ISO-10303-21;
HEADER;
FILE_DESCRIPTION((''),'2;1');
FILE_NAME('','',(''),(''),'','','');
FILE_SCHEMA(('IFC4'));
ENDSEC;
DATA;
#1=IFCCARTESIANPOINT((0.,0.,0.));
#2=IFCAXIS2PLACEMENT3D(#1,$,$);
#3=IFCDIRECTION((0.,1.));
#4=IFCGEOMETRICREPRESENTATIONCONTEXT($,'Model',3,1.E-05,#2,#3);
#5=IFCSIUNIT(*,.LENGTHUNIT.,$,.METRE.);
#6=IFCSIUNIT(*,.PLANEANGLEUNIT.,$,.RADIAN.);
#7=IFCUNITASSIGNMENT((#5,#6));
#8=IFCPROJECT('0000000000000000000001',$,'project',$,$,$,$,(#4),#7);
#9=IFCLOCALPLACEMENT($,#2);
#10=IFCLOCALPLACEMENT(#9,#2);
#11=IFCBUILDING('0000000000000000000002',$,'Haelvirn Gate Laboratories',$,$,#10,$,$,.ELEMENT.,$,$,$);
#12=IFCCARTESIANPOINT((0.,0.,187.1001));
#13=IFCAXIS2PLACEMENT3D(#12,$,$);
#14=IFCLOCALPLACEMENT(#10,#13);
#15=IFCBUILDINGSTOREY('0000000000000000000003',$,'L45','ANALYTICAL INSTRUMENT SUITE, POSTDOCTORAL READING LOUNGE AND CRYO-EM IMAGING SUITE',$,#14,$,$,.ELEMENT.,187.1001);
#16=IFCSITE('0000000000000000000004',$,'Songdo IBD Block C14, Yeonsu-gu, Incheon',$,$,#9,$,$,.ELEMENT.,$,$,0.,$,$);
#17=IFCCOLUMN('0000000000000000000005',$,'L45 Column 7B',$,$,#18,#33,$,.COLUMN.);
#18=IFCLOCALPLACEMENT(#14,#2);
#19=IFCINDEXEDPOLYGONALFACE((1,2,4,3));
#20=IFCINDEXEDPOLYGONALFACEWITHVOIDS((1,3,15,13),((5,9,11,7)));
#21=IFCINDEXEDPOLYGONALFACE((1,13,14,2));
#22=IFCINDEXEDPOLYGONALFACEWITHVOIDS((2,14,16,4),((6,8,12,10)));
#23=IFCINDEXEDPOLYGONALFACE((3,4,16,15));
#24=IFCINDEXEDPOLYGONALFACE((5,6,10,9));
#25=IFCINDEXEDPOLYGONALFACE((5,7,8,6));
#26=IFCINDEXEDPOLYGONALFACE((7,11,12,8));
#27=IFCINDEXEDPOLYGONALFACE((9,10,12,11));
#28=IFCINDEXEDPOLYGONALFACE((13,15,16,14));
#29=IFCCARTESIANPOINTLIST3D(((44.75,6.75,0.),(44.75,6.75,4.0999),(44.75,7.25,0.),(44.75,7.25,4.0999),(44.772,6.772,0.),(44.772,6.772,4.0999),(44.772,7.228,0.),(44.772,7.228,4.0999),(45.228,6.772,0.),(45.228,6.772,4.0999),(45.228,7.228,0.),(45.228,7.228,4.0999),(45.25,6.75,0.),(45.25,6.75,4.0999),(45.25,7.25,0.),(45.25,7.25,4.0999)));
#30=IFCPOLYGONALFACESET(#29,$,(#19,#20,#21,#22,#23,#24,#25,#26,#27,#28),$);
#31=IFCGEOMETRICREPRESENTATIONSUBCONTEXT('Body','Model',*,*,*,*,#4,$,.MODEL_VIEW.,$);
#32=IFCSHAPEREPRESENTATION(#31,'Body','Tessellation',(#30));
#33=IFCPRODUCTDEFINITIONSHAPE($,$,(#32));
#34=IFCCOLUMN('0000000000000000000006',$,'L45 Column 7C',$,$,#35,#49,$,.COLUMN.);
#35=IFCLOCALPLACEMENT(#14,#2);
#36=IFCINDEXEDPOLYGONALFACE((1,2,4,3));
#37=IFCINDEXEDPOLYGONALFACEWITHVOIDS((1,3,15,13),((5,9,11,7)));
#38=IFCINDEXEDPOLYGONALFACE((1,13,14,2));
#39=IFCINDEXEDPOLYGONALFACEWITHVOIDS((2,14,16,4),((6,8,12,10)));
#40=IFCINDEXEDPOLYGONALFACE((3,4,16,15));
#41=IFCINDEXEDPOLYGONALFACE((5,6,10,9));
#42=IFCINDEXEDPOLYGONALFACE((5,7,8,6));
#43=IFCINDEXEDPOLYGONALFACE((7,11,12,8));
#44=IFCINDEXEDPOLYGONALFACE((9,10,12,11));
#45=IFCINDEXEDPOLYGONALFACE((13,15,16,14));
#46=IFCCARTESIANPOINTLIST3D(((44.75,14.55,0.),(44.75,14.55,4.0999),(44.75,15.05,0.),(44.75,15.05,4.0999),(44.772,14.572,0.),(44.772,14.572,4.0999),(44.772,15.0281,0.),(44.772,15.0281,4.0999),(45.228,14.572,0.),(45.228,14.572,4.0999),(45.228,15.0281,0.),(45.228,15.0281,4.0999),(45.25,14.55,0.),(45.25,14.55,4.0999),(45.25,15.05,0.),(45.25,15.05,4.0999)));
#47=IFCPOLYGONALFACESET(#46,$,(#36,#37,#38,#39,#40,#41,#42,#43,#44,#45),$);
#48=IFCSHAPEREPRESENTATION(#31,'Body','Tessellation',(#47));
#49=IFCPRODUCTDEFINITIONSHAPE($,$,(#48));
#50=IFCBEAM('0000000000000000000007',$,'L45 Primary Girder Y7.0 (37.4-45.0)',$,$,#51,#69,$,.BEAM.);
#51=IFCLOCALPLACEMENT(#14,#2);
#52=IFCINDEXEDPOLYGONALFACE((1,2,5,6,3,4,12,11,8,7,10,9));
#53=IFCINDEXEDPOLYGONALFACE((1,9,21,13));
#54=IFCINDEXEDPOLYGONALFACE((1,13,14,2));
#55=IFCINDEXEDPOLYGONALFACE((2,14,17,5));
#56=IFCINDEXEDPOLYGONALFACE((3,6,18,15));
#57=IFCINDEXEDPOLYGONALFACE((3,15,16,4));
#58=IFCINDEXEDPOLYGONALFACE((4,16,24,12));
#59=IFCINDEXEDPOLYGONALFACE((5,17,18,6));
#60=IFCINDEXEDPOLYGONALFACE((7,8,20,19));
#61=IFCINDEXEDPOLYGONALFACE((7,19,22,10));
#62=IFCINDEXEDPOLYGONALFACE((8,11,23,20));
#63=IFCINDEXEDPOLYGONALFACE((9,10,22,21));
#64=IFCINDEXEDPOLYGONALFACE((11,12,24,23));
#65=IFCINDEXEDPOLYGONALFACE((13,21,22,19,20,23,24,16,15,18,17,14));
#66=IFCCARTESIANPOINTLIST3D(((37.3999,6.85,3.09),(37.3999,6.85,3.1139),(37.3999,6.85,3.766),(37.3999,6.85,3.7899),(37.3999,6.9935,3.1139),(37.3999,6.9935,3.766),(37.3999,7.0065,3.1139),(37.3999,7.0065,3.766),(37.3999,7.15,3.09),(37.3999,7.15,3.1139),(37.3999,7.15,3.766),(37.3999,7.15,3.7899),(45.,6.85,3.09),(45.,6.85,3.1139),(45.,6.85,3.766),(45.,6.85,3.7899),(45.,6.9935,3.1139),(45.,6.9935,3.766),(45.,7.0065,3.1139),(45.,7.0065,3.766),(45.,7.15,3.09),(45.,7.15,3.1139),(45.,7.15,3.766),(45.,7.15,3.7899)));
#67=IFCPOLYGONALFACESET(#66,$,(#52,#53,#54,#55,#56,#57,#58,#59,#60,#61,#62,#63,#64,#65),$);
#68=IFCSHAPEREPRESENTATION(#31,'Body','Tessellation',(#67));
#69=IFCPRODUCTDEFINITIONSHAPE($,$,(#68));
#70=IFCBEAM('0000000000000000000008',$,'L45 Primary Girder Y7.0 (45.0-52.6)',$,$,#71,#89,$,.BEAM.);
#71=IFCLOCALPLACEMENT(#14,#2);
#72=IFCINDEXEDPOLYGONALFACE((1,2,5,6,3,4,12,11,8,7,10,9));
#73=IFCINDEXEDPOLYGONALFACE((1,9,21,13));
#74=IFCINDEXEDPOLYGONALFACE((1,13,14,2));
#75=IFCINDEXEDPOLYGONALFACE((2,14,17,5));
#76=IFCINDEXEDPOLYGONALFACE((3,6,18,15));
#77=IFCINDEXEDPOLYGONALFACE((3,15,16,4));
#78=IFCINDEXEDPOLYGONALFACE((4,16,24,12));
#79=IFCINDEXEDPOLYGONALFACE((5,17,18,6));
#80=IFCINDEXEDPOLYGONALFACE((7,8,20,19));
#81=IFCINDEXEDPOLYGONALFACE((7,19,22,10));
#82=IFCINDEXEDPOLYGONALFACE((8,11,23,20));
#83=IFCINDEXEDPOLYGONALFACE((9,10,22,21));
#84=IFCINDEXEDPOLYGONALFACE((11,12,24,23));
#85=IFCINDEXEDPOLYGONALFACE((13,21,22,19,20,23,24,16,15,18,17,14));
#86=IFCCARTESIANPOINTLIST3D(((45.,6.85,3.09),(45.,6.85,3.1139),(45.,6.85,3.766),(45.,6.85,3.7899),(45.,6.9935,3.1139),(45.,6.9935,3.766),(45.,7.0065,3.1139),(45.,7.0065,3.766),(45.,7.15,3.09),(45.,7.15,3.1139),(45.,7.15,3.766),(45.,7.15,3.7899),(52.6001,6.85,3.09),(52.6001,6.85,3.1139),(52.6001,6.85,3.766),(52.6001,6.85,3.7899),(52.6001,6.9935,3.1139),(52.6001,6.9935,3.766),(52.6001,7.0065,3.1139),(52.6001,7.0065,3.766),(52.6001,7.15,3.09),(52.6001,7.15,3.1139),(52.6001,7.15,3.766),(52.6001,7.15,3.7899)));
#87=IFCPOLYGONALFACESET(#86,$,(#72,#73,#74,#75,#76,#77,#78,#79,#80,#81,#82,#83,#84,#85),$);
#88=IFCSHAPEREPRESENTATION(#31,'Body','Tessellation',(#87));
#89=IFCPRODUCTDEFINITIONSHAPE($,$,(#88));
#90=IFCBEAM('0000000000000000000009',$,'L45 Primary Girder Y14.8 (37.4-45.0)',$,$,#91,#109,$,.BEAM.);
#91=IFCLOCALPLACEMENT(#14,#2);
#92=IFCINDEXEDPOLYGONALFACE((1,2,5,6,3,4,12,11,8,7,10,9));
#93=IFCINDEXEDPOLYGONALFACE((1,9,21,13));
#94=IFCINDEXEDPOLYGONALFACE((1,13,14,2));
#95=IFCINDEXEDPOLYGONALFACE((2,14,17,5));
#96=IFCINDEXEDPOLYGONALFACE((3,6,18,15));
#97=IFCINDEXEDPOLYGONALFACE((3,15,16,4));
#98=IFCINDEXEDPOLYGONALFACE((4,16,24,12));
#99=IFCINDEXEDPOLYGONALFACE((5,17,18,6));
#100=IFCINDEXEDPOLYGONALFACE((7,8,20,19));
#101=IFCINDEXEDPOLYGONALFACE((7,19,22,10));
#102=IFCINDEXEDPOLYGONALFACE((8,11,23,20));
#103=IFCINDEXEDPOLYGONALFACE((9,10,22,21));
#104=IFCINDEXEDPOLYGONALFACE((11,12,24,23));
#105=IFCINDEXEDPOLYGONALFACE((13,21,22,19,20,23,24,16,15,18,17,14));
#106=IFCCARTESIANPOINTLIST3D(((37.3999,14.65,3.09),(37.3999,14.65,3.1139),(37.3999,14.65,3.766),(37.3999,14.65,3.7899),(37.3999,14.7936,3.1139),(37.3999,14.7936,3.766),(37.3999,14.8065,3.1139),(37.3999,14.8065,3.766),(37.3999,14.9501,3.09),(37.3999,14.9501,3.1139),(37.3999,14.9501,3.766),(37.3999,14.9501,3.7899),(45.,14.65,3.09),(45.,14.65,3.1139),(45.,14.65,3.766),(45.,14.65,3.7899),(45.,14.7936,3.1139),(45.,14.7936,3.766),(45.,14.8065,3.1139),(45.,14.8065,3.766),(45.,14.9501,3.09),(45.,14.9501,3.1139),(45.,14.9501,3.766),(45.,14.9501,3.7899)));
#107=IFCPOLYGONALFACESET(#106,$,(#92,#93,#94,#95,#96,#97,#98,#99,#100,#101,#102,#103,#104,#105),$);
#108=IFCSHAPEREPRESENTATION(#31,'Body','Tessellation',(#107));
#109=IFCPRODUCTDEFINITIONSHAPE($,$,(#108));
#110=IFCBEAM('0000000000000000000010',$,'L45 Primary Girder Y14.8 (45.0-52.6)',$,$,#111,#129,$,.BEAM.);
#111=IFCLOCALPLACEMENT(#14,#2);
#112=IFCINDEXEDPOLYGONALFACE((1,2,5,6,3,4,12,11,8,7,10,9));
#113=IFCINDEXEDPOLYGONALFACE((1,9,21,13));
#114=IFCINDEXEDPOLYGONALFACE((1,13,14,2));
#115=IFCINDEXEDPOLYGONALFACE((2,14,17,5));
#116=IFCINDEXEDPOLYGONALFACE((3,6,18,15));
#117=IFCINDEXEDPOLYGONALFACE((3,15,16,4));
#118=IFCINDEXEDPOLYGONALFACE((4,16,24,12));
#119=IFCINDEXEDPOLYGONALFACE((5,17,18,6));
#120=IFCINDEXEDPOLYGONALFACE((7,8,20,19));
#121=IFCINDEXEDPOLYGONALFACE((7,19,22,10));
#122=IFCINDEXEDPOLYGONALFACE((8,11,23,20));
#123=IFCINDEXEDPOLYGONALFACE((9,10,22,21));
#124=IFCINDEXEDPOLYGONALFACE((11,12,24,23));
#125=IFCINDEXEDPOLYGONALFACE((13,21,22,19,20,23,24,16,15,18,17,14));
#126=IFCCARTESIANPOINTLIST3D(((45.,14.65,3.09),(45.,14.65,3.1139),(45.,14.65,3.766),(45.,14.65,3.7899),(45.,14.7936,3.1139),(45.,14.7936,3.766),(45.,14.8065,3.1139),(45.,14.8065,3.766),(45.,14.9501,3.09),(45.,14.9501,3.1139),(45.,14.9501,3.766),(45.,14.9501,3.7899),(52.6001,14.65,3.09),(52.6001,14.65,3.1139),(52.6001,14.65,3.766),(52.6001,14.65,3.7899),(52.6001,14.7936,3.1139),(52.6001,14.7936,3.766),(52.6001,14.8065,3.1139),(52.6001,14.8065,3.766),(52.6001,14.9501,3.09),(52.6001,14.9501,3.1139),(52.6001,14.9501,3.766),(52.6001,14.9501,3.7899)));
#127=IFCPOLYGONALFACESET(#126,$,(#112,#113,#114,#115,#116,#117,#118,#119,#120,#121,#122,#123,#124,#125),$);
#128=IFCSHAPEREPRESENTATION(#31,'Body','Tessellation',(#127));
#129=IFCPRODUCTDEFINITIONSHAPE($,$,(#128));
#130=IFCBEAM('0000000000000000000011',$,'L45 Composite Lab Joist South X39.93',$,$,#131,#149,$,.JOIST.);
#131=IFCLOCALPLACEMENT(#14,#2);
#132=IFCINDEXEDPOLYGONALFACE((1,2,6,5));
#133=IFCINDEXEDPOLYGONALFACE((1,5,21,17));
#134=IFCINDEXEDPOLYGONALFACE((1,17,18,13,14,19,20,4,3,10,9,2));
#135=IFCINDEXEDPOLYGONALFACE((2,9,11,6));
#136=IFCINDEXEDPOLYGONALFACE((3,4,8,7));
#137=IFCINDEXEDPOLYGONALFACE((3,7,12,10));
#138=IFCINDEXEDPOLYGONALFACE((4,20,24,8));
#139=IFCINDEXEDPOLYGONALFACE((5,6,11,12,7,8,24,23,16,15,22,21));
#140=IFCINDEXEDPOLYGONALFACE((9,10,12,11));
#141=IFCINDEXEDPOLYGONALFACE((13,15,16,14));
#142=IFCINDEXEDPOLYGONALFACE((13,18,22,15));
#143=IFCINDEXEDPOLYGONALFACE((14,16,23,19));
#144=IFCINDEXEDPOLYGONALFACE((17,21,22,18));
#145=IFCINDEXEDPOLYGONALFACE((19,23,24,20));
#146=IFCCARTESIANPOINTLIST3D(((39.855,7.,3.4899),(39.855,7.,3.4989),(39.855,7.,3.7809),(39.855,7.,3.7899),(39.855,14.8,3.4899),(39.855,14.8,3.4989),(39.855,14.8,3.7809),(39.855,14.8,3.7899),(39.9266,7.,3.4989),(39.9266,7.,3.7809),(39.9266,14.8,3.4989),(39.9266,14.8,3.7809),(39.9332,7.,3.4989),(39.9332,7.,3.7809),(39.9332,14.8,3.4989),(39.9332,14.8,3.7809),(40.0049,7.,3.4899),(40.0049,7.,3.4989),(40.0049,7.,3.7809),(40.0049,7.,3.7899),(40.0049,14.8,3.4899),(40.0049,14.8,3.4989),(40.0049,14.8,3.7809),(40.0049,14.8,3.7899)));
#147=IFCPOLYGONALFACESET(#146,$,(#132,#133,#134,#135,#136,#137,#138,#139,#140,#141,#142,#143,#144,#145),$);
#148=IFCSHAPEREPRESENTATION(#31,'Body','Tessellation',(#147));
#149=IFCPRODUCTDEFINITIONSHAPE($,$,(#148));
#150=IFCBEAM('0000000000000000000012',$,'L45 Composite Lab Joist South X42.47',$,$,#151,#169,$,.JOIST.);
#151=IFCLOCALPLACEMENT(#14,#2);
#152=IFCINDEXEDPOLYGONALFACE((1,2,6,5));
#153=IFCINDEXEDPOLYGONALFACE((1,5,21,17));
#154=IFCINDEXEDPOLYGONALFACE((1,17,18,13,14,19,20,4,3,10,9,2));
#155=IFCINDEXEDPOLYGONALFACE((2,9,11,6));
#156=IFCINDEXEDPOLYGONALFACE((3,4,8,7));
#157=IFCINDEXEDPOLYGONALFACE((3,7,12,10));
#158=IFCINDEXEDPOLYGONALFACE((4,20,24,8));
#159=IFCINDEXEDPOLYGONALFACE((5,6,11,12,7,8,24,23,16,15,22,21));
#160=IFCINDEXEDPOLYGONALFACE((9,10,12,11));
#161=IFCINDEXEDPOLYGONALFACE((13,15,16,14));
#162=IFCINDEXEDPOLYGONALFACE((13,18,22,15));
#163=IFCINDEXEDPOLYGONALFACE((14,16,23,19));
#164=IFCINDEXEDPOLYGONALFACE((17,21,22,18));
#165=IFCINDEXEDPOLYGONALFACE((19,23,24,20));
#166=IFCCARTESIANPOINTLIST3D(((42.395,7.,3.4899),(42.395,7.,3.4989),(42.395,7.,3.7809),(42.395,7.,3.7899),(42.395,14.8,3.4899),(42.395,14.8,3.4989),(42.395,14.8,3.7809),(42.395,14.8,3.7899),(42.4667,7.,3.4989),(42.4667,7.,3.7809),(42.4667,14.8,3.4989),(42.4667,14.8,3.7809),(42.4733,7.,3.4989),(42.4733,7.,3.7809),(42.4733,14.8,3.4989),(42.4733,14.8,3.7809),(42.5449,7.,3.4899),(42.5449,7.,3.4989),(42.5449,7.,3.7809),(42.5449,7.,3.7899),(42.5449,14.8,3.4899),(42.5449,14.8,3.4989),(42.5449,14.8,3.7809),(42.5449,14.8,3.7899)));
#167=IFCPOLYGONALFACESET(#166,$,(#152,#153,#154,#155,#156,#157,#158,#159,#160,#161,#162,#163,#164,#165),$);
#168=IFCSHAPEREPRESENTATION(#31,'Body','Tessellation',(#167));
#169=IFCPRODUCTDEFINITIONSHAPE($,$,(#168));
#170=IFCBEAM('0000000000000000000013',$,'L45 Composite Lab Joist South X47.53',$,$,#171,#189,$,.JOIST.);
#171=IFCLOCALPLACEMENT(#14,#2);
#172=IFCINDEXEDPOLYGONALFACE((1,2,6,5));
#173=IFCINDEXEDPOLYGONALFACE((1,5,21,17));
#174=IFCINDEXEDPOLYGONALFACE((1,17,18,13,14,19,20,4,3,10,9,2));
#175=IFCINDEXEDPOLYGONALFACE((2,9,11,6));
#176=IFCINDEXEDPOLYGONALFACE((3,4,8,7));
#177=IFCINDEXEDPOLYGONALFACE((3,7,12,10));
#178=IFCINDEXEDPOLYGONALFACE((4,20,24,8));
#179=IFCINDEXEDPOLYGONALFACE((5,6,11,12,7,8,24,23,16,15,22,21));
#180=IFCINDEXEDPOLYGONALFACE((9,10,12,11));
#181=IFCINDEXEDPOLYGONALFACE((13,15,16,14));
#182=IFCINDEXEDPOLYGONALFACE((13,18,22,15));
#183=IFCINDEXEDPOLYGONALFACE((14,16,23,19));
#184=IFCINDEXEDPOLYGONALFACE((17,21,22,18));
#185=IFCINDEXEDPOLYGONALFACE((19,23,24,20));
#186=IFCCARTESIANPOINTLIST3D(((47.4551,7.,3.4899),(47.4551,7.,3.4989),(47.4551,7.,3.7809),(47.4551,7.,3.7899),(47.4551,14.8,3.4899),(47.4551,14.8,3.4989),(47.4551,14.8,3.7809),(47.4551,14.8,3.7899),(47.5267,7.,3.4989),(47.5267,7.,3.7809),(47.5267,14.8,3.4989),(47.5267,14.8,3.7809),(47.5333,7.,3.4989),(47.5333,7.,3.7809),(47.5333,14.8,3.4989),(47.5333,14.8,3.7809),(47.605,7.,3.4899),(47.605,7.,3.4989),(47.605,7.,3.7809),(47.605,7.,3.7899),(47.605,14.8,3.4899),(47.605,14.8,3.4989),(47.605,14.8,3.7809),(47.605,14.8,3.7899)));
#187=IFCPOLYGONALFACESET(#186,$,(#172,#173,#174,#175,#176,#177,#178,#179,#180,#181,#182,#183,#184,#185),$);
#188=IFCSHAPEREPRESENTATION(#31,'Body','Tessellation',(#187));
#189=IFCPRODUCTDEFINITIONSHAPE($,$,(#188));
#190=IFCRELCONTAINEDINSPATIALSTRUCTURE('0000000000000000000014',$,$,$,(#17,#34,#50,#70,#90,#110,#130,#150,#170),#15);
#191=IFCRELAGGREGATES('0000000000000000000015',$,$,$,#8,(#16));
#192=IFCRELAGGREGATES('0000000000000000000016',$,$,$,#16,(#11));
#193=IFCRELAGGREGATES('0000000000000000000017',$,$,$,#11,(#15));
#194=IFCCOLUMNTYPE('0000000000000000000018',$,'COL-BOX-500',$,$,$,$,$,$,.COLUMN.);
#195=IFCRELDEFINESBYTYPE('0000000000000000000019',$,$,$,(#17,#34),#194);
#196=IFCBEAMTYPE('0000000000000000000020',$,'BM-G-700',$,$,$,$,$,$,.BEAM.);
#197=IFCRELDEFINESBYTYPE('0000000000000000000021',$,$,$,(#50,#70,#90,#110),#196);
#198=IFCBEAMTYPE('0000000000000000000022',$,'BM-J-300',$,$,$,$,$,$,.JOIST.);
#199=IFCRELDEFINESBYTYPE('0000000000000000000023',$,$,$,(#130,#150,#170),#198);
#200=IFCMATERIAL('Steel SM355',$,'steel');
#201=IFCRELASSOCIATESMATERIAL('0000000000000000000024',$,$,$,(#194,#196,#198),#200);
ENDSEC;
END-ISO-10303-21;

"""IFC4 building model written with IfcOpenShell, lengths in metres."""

from ifc_helpers import new_model, si_unit, direction, frame, origin, origin_2d, place, context, subcontext, project, spatial, hollow_rectangle, i_section, extrude, source, transform, mapped, material, material_profile, profile_set, type_object, type_shapes, element, save


model = new_model("IFC4")

# Units and contexts
model_context = context("Model", 3, precision=1e-05, world=origin(), true_north=direction((0.0, 1.0)))
body_context = subcontext(model_context, "Body", "Model", "MODEL_VIEW")
ifc_project = project(units=[si_unit("LENGTHUNIT", "METRE"), si_unit("PLANEANGLEUNIT", "RADIAN")], contexts=[model_context])

# Site, building, storey
site_placement = place(None, origin())
site = spatial("IfcSite", under=ifc_project, at=site_placement, Name="Songdo IBD Block C14, Yeonsu-gu, Incheon", CompositionType="ELEMENT", RefElevation=0.0)
building_placement = place(site_placement, origin())
building = spatial("IfcBuilding", under=site, at=building_placement, Name="Haelvirn Gate Laboratories", CompositionType="ELEMENT")
storey_placement = place(building_placement, frame((0.0, 0.0, 187.1001)))
storey = spatial("IfcBuildingStorey", under=building, at=storey_placement, Name="L45", Description="ANALYTICAL INSTRUMENT SUITE, POSTDOCTORAL READING LOUNGE AND CRYO-EM IMAGING SUITE", CompositionType="ELEMENT", Elevation=187.1001)

# Columns
ifc_material_1 = material(Name="Steel SM355", Category="steel")
ifc_material_profile_1 = material_profile(ifc_material_1, hollow_rectangle(XDim=0.5, YDim=0.5, WallThickness=0.022, at=origin_2d()), Name="BOX-500x500x22")
ifc_profile_set_1 = profile_set([ifc_material_profile_1], Name="Steel SM355")
column_type = type_object("IfcColumnType", Name="COL-BOX-500", PredefinedType="COLUMN", material=ifc_profile_set_1)
shared_shape_1 = source(origin(), body_context, "Body", "SweptSolid", [
    extrude(hollow_rectangle(XDim=0.5, YDim=0.5, WallThickness=0.022, at=origin_2d()), origin(), (0.0, 0.0, 1.0), 4.0999),
])
type_shapes(column_type, [shared_shape_1])
for number, where, z_axis, x_axis, name in (
    (1, (45.0, 7.0, 0.0), (0.0, 0.0, 1.0), (1.0, 0.0, 0.0), "L45 Column 7B"),
    (2, (45.0, 14.8, 0.0), (0.0, 0.0, 1.0), (1.0, 0.0, 0.0), "L45 Column 7C"),
):
    element("IfcColumn", number, at=place(storey_placement, frame(where, z_axis=z_axis, x_axis=x_axis)), inside=storey, type_object=column_type, Name=name, PredefinedType="COLUMN", context=body_context, shape_type="MappedRepresentation", body=[
        mapped(shared_shape_1, transform((0.0, 0.0, 0.0), scale=1.0)),
    ])

# Beams
ifc_material_profile_2 = material_profile(ifc_material_1, i_section(OverallWidth=0.3, OverallDepth=0.7, WebThickness=0.0129, FlangeThickness=0.0239, at=origin_2d()), Name="H-700x300x13x24")
ifc_profile_set_2 = profile_set([ifc_material_profile_2], Name="Steel SM355")
beam_type_1 = type_object("IfcBeamType", Name="BM-G-700", PredefinedType="BEAM", material=ifc_profile_set_2)
shared_shape_2 = source(origin(), body_context, "Body", "SweptSolid", [
    extrude(i_section(OverallWidth=0.3, OverallDepth=0.7, WebThickness=0.0129, FlangeThickness=0.0239, at=origin_2d()), origin(), (0.0, 0.0, 1.0), 7.6001),
])
type_shapes(beam_type_1, [shared_shape_2])
for number, where, z_axis, x_axis, name in (
    (3, (37.3999, 7.0, 3.4399), (1.0, 0.0, 0.0), (0.0, 1.0, 0.0), "L45 Primary Girder Y7.0 (37.4-45.0)"),
    (4, (45.0, 7.0, 3.4399), (1.0, 0.0, 0.0), (0.0, 1.0, 0.0), "L45 Primary Girder Y7.0 (45.0-52.6)"),
    (5, (37.3999, 14.8, 3.4399), (1.0, 0.0, 0.0), (0.0, 1.0, 0.0), "L45 Primary Girder Y14.8 (37.4-45.0)"),
    (6, (45.0, 14.8, 3.4399), (1.0, 0.0, 0.0), (0.0, 1.0, 0.0), "L45 Primary Girder Y14.8 (45.0-52.6)"),
):
    element("IfcBeam", number, at=place(storey_placement, frame(where, z_axis=z_axis, x_axis=x_axis)), inside=storey, type_object=beam_type_1, Name=name, PredefinedType="BEAM", context=body_context, shape_type="MappedRepresentation", body=[
        mapped(shared_shape_2, transform((0.0, 0.0, 0.0), scale=1.0)),
    ])
ifc_material_profile_3 = material_profile(ifc_material_1, i_section(OverallWidth=0.1499, OverallDepth=0.3, WebThickness=0.0066, FlangeThickness=0.009, at=origin_2d()), Name="H-300x150x6.5x9")
ifc_profile_set_3 = profile_set([ifc_material_profile_3], Name="Steel SM355")
beam_type_2 = type_object("IfcBeamType", Name="BM-J-300", PredefinedType="JOIST", material=ifc_profile_set_3)
shared_shape_3 = source(origin(), body_context, "Body", "SweptSolid", [
    extrude(i_section(OverallWidth=0.1499, OverallDepth=0.3, WebThickness=0.0066, FlangeThickness=0.009, at=origin_2d()), origin(), (0.0, 0.0, 1.0), 7.8),
])
type_shapes(beam_type_2, [shared_shape_3])
for number, where, z_axis, x_axis, name in (
    (7, (39.9299, 7.0, 3.6399), (0.0, 1.0, 0.0), (-1.0, 0.0, 0.0), "L45 Composite Lab Joist South X39.93"),
    (8, (42.47, 7.0, 3.6399), (0.0, 1.0, 0.0), (-1.0, 0.0, 0.0), "L45 Composite Lab Joist South X42.47"),
    (9, (47.53, 7.0, 3.6399), (0.0, 1.0, 0.0), (-1.0, 0.0, 0.0), "L45 Composite Lab Joist South X47.53"),
):
    element("IfcBeam", number, at=place(storey_placement, frame(where, z_axis=z_axis, x_axis=x_axis)), inside=storey, type_object=beam_type_2, Name=name, PredefinedType="JOIST", context=body_context, shape_type="MappedRepresentation", body=[
        mapped(shared_shape_3, transform((0.0, 0.0, 0.0), scale=1.0)),
    ])

save(model, "model.ifc")
